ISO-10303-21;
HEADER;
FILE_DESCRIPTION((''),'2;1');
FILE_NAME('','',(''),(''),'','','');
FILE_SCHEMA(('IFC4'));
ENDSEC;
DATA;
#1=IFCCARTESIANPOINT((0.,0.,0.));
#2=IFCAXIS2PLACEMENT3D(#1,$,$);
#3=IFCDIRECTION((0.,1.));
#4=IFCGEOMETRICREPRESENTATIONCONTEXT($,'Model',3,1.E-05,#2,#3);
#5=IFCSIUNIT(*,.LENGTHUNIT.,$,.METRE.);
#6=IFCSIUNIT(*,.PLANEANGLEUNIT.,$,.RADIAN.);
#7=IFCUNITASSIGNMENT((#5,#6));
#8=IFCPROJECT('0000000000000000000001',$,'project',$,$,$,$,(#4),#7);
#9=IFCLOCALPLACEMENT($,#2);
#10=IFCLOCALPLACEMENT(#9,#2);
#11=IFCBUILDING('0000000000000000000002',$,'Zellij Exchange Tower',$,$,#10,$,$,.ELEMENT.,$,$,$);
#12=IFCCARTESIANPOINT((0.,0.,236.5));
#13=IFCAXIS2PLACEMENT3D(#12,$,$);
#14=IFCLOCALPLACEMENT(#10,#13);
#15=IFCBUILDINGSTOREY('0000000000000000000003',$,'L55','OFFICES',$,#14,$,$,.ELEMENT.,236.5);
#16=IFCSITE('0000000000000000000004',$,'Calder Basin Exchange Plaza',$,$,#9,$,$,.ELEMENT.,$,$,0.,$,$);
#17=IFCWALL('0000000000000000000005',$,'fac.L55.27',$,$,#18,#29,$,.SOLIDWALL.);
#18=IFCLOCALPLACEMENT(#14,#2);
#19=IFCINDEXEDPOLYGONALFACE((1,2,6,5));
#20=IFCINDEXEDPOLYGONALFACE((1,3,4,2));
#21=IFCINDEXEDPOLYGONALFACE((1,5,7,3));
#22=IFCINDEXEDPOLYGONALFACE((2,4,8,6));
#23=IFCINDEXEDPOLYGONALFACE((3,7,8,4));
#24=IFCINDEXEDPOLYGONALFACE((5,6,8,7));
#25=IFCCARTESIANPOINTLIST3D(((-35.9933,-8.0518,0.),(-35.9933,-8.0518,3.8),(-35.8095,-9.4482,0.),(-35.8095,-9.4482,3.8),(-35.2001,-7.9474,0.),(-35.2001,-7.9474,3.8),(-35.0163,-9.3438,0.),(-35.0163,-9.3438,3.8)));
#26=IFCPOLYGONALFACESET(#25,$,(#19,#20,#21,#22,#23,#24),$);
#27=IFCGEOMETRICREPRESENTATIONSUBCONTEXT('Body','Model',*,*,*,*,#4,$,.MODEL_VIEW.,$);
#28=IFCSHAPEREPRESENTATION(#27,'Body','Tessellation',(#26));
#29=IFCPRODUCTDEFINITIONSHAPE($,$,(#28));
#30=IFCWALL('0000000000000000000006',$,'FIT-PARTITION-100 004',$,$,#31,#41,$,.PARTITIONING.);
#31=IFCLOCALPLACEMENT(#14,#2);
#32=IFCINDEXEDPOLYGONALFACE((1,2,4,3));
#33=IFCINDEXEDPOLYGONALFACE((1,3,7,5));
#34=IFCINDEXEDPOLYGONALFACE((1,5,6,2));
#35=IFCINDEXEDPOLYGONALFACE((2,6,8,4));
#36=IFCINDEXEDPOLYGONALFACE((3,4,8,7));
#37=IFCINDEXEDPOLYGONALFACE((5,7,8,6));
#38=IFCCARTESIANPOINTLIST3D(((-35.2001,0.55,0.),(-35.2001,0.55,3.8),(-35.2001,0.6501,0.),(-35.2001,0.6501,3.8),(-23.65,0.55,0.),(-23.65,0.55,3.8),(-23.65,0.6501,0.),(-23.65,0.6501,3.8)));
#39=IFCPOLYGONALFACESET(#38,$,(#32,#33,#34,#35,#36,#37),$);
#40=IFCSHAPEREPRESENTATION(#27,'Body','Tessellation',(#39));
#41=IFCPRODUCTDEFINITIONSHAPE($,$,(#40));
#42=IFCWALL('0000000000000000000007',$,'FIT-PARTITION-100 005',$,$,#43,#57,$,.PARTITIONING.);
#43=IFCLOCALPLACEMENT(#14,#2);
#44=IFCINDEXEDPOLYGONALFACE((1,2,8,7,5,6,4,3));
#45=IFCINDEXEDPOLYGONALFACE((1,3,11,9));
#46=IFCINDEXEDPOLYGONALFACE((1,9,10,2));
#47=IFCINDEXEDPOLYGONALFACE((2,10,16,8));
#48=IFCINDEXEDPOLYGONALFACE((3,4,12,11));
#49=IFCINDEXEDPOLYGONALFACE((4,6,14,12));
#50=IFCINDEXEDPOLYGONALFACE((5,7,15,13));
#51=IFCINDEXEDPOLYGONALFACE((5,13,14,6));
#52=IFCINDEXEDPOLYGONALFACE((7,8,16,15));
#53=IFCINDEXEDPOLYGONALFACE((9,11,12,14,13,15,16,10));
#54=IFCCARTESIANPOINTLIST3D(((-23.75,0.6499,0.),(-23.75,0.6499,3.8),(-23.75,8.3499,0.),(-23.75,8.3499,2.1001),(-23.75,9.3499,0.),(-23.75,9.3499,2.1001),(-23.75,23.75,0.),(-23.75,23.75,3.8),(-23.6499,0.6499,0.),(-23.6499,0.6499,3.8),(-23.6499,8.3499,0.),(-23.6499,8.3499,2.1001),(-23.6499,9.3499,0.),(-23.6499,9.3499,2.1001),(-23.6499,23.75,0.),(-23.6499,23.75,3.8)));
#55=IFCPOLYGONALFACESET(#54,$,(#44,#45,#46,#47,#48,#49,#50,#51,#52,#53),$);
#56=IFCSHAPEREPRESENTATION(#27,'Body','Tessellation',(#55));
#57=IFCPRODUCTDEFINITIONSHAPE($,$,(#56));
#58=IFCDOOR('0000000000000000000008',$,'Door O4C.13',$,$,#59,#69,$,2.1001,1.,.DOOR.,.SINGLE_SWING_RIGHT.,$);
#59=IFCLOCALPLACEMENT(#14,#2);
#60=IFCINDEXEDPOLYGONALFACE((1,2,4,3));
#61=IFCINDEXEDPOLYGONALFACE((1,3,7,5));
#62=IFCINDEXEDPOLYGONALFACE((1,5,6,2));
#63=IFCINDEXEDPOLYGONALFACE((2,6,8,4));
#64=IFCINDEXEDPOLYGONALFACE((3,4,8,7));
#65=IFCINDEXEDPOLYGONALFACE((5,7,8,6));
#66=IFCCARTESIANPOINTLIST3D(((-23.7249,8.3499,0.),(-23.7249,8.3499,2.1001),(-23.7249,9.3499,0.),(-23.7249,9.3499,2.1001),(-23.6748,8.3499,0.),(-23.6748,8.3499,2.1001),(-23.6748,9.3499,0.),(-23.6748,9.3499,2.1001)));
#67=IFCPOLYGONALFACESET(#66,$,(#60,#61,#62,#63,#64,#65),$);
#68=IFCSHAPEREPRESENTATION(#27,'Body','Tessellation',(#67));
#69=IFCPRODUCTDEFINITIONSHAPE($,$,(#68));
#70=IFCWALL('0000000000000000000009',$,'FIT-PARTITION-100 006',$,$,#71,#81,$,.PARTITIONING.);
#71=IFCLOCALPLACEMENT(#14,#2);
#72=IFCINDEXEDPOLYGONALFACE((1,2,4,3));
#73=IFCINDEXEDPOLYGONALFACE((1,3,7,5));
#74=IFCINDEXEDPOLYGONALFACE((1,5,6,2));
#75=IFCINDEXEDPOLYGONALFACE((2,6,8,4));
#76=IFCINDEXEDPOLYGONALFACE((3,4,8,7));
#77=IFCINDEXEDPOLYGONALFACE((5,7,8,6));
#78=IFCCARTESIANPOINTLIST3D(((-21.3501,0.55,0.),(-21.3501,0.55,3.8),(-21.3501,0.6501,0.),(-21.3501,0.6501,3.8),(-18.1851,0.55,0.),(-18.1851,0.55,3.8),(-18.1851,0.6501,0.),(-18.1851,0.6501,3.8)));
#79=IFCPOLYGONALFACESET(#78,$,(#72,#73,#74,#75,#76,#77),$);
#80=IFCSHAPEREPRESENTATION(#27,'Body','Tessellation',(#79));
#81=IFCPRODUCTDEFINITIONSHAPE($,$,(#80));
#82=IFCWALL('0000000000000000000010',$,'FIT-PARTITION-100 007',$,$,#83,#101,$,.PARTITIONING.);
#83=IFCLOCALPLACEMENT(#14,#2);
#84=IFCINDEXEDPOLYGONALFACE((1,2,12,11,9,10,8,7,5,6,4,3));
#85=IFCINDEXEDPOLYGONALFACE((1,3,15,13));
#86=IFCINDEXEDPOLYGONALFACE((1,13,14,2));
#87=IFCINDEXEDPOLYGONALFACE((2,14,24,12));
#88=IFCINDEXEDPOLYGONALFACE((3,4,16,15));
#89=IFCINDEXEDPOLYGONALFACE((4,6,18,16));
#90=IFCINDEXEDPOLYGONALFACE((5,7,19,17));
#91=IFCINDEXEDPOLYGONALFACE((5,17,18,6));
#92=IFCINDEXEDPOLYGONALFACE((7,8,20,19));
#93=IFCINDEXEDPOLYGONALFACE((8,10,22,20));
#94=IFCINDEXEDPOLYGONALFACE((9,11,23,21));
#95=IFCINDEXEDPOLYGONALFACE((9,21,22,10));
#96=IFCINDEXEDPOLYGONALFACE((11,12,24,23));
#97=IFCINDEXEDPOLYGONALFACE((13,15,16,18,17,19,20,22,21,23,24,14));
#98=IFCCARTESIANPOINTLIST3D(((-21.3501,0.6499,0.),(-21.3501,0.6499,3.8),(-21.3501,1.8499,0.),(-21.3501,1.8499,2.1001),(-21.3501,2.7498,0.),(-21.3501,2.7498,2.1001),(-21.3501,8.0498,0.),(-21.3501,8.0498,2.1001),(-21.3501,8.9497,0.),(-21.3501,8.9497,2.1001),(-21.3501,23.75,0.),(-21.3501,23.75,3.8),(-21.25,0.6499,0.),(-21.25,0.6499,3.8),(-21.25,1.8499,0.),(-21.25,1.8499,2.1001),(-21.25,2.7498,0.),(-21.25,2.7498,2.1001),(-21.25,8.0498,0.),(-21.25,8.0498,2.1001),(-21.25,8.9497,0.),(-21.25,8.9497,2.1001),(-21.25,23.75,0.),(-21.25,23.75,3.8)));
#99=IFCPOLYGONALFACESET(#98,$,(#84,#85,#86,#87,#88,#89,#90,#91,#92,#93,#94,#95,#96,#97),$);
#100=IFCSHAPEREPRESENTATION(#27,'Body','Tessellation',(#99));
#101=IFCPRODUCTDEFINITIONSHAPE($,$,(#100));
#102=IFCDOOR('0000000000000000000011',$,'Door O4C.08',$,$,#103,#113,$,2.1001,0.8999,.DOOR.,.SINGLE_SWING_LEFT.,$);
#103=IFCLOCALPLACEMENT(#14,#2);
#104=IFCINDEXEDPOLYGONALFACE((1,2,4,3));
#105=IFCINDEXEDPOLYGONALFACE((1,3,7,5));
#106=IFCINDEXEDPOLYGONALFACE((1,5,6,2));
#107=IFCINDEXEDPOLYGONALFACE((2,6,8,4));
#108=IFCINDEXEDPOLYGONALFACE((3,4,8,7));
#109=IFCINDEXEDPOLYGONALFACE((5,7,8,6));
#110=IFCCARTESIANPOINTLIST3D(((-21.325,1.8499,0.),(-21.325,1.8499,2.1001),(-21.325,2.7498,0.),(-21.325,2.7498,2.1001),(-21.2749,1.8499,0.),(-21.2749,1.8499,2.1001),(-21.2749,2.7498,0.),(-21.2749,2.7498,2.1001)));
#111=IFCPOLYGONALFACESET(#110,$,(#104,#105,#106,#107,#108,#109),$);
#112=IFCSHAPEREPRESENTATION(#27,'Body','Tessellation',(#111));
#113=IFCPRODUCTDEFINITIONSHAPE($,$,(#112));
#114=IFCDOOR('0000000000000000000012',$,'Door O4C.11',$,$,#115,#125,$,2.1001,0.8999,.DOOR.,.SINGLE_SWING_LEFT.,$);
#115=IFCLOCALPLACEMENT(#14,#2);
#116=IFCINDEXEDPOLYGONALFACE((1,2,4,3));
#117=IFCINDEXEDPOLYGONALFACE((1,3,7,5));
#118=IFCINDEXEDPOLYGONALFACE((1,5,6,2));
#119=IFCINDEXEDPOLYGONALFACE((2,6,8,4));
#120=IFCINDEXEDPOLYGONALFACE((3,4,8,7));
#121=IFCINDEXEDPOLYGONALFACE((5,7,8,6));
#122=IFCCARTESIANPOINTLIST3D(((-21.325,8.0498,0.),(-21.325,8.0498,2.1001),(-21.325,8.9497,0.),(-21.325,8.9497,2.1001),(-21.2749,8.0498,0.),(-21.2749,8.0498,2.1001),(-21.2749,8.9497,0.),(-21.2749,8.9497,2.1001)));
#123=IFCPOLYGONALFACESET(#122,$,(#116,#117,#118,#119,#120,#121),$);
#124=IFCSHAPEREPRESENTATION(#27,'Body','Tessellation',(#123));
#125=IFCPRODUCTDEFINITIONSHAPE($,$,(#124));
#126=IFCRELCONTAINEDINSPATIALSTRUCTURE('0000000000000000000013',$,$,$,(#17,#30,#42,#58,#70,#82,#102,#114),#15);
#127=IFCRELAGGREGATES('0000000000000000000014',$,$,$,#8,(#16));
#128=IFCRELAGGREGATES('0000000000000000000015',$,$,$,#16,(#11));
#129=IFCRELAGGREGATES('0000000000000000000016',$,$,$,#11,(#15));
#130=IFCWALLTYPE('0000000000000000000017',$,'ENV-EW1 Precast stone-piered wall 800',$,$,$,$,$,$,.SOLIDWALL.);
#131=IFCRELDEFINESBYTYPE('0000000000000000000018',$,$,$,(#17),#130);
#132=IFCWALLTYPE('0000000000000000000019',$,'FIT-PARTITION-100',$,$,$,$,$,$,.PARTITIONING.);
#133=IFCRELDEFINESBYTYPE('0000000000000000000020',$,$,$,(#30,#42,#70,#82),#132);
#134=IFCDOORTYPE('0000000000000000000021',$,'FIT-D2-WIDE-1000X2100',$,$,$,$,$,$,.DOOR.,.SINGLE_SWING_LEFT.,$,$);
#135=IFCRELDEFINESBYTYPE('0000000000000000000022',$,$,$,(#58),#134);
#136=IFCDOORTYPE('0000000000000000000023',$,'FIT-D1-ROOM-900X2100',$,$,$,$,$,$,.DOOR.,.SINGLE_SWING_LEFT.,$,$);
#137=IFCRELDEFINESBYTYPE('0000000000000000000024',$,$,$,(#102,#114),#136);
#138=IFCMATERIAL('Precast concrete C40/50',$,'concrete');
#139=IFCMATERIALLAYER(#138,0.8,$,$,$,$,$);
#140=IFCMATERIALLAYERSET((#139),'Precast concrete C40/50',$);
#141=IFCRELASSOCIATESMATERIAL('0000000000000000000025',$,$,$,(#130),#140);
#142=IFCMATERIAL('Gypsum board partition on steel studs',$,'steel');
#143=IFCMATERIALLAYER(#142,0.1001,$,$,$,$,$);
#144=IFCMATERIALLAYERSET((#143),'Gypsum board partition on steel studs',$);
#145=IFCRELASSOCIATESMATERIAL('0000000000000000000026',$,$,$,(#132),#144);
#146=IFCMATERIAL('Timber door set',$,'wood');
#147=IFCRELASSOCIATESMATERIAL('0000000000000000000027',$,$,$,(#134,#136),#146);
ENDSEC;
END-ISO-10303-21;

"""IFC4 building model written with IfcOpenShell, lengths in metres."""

from ifc_helpers import new_model, si_unit, direction, frame, frame_2d, origin, place, context, subcontext, project, spatial, rectangle, extrude, material, layer, layer_set, type_object, element, fill, save


model = new_model("IFC4")

# Units and contexts
model_context = context("Model", 3, precision=1e-05, world=origin(), true_north=direction((0.0, 1.0)))
body_context = subcontext(model_context, "Body", "Model", "MODEL_VIEW")
ifc_project = project(units=[si_unit("LENGTHUNIT", "METRE"), si_unit("PLANEANGLEUNIT", "RADIAN")], contexts=[model_context])

# Site, building, storey
site_placement = place(None, origin())
site = spatial("IfcSite", under=ifc_project, at=site_placement, Name="Calder Basin Exchange Plaza", CompositionType="ELEMENT", RefElevation=0.0)
building_placement = place(site_placement, origin())
building = spatial("IfcBuilding", under=site, at=building_placement, Name="Zellij Exchange Tower", CompositionType="ELEMENT")
storey_placement = place(building_placement, frame((0.0, 0.0, 236.5)))
storey = spatial("IfcBuildingStorey", under=building, at=storey_placement, Name="L55", Description="OFFICES", CompositionType="ELEMENT", Elevation=236.5)

# Walls
ifc_material_1 = material(Name="Precast concrete C40/50", Category="concrete")
ifc_layer_1 = layer(ifc_material_1, 0.8)
ifc_layer_set_1 = layer_set([ifc_layer_1], Name="Precast concrete C40/50")
wall_type_1 = type_object("IfcWallType", Name="ENV-EW1 Precast stone-piered wall 800", PredefinedType="SOLIDWALL", material=ifc_layer_set_1)
wall_1_placement = place(storey_placement, frame((-35.5967, -7.9998, 0.0), z_axis=(0.0, 0.0, 1.0), x_axis=(0.130517, -0.991446, 0.0)))
element("IfcWall", 1, at=wall_1_placement, inside=storey, type_object=wall_type_1, Name="fac.L55.27", PredefinedType="SOLIDWALL", context=body_context, shape_type="SweptSolid", body=[
    extrude(rectangle(XDim=1.4084, YDim=0.8, at=frame_2d((0.7041, 0.0))), origin(), (0.0, 0.0, 1.0), 3.8),
])
ifc_material_2 = material(Name="Gypsum board partition on steel studs", Category="steel")
ifc_layer_2 = layer(ifc_material_2, 0.1001)
ifc_layer_set_2 = layer_set([ifc_layer_2], Name="Gypsum board partition on steel studs")
wall_type_2 = type_object("IfcWallType", Name="FIT-PARTITION-100", PredefinedType="PARTITIONING", material=ifc_layer_set_2)
wall_2_placement = place(storey_placement, frame((-35.2, 0.6001, 0.0), z_axis=(0.0, 0.0, 1.0), x_axis=(1.0, 0.0, 0.0)))
element("IfcWall", 2, at=wall_2_placement, inside=storey, type_object=wall_type_2, Name="FIT-PARTITION-100 004", PredefinedType="PARTITIONING", context=body_context, shape_type="SweptSolid", body=[
    extrude(rectangle(XDim=11.55, YDim=0.1001, at=frame_2d((5.7749, 0.0))), origin(), (0.0, 0.0, 1.0), 3.8),
])

# Wall, opening, door
wall_3_placement = place(storey_placement, frame((-23.7, 0.6499, 0.0), z_axis=(0.0, 0.0, 1.0), x_axis=(0.0, 1.0, 0.0)))
wall_3 = element("IfcWall", 3, at=wall_3_placement, inside=storey, type_object=wall_type_2, Name="FIT-PARTITION-100 005", PredefinedType="PARTITIONING", context=body_context, shape_type="SweptSolid", body=[
    extrude(rectangle(XDim=23.1001, YDim=0.1001, at=frame_2d((11.55, 0.0))), origin(), (0.0, 0.0, 1.0), 3.8),
])
opening_1_placement = place(wall_3_placement, frame((7.7, 0.0, 0.0)))
opening_1 = element("IfcOpeningElement", 4, at=opening_1_placement, cuts=wall_3, PredefinedType="OPENING", context=body_context, shape_type="SweptSolid", body=[
    extrude(rectangle(XDim=1.0, YDim=2.1001, at=frame_2d((0.5, 1.05))), frame((0.0, 0.062, 0.0), z_axis=(0.0, -1.0, 0.0), x_axis=(1.0, 0.0, 0.0)), (0.0, 0.0, 1.0), 0.124),
])
ifc_material_3 = material(Name="Timber door set", Category="wood")
door_type_1 = type_object("IfcDoorType", Name="FIT-D2-WIDE-1000X2100", OperationType="SINGLE_SWING_LEFT", PredefinedType="DOOR", material=ifc_material_3)
door_1_placement = place(opening_1_placement, origin())
door_1 = element("IfcDoor", 5, at=door_1_placement, inside=storey, type_object=door_type_1, Name="Door O4C.13", OperationType="SINGLE_SWING_RIGHT", OverallHeight=2.1001, OverallWidth=1.0, PredefinedType="DOOR", context=body_context, shape_type="SweptSolid", body=[
    extrude(rectangle(XDim=1.0, YDim=2.1001, at=frame_2d((0.5, 1.05))), frame((0.0, 0.0249, 0.0), z_axis=(0.0, -1.0, 0.0), x_axis=(1.0, 0.0, 0.0)), (0.0, 0.0, 1.0), 0.05),
])
fill(opening_1, door_1)

# Wall
wall_4_placement = place(storey_placement, frame((-21.3501, 0.6001, 0.0), z_axis=(0.0, 0.0, 1.0), x_axis=(1.0, 0.0, 0.0)))
element("IfcWall", 6, at=wall_4_placement, inside=storey, type_object=wall_type_2, Name="FIT-PARTITION-100 006", PredefinedType="PARTITIONING", context=body_context, shape_type="SweptSolid", body=[
    extrude(rectangle(XDim=3.165, YDim=0.1001, at=frame_2d((1.5825, 0.0))), origin(), (0.0, 0.0, 1.0), 3.8),
])

# Wall, openings, doors
wall_5_placement = place(storey_placement, frame((-21.3, 0.6499, 0.0), z_axis=(0.0, 0.0, 1.0), x_axis=(0.0, 1.0, 0.0)))
wall_5 = element("IfcWall", 7, at=wall_5_placement, inside=storey, type_object=wall_type_2, Name="FIT-PARTITION-100 007", PredefinedType="PARTITIONING", context=body_context, shape_type="SweptSolid", body=[
    extrude(rectangle(XDim=23.1001, YDim=0.1001, at=frame_2d((11.55, 0.0))), origin(), (0.0, 0.0, 1.0), 3.8),
])
opening_2_placement = place(wall_5_placement, frame((1.2, 0.0, 0.0)))
opening_2 = element("IfcOpeningElement", 8, at=opening_2_placement, cuts=wall_5, PredefinedType="OPENING", context=body_context, shape_type="SweptSolid", body=[
    extrude(rectangle(XDim=0.8999, YDim=2.1001, at=frame_2d((0.45, 1.05))), frame((0.0, 0.062, 0.0), z_axis=(0.0, -1.0, 0.0), x_axis=(1.0, 0.0, 0.0)), (0.0, 0.0, 1.0), 0.124),
])
opening_3_placement = place(wall_5_placement, frame((7.3999, 0.0, 0.0)))
opening_3 = element("IfcOpeningElement", 9, at=opening_3_placement, cuts=wall_5, PredefinedType="OPENING", context=body_context, shape_type="SweptSolid", body=[
    extrude(rectangle(XDim=0.8999, YDim=2.1001, at=frame_2d((0.45, 1.05))), frame((0.0, 0.062, 0.0), z_axis=(0.0, -1.0, 0.0), x_axis=(1.0, 0.0, 0.0)), (0.0, 0.0, 1.0), 0.124),
])
door_type_2 = type_object("IfcDoorType", Name="FIT-D1-ROOM-900X2100", OperationType="SINGLE_SWING_LEFT", PredefinedType="DOOR", material=ifc_material_3)
door_2_placement = place(opening_2_placement, origin())
door_2 = element("IfcDoor", 10, at=door_2_placement, inside=storey, type_object=door_type_2, Name="Door O4C.08", OperationType="SINGLE_SWING_LEFT", OverallHeight=2.1001, OverallWidth=0.8999, PredefinedType="DOOR", context=body_context, shape_type="SweptSolid", body=[
    extrude(rectangle(XDim=0.8999, YDim=2.1001, at=frame_2d((0.45, 1.05))), frame((0.0, 0.0249, 0.0), z_axis=(0.0, -1.0, 0.0), x_axis=(1.0, 0.0, 0.0)), (0.0, 0.0, 1.0), 0.05),
])
fill(opening_2, door_2)
door_3_placement = place(opening_3_placement, origin())
door_3 = element("IfcDoor", 11, at=door_3_placement, inside=storey, type_object=door_type_2, Name="Door O4C.11", OperationType="SINGLE_SWING_LEFT", OverallHeight=2.1001, OverallWidth=0.8999, PredefinedType="DOOR", context=body_context, shape_type="SweptSolid", body=[
    extrude(rectangle(XDim=0.8999, YDim=2.1001, at=frame_2d((0.45, 1.05))), frame((0.0, 0.0249, 0.0), z_axis=(0.0, -1.0, 0.0), x_axis=(1.0, 0.0, 0.0)), (0.0, 0.0, 1.0), 0.05),
])
fill(opening_3, door_3)

save(model, "model.ifc")
